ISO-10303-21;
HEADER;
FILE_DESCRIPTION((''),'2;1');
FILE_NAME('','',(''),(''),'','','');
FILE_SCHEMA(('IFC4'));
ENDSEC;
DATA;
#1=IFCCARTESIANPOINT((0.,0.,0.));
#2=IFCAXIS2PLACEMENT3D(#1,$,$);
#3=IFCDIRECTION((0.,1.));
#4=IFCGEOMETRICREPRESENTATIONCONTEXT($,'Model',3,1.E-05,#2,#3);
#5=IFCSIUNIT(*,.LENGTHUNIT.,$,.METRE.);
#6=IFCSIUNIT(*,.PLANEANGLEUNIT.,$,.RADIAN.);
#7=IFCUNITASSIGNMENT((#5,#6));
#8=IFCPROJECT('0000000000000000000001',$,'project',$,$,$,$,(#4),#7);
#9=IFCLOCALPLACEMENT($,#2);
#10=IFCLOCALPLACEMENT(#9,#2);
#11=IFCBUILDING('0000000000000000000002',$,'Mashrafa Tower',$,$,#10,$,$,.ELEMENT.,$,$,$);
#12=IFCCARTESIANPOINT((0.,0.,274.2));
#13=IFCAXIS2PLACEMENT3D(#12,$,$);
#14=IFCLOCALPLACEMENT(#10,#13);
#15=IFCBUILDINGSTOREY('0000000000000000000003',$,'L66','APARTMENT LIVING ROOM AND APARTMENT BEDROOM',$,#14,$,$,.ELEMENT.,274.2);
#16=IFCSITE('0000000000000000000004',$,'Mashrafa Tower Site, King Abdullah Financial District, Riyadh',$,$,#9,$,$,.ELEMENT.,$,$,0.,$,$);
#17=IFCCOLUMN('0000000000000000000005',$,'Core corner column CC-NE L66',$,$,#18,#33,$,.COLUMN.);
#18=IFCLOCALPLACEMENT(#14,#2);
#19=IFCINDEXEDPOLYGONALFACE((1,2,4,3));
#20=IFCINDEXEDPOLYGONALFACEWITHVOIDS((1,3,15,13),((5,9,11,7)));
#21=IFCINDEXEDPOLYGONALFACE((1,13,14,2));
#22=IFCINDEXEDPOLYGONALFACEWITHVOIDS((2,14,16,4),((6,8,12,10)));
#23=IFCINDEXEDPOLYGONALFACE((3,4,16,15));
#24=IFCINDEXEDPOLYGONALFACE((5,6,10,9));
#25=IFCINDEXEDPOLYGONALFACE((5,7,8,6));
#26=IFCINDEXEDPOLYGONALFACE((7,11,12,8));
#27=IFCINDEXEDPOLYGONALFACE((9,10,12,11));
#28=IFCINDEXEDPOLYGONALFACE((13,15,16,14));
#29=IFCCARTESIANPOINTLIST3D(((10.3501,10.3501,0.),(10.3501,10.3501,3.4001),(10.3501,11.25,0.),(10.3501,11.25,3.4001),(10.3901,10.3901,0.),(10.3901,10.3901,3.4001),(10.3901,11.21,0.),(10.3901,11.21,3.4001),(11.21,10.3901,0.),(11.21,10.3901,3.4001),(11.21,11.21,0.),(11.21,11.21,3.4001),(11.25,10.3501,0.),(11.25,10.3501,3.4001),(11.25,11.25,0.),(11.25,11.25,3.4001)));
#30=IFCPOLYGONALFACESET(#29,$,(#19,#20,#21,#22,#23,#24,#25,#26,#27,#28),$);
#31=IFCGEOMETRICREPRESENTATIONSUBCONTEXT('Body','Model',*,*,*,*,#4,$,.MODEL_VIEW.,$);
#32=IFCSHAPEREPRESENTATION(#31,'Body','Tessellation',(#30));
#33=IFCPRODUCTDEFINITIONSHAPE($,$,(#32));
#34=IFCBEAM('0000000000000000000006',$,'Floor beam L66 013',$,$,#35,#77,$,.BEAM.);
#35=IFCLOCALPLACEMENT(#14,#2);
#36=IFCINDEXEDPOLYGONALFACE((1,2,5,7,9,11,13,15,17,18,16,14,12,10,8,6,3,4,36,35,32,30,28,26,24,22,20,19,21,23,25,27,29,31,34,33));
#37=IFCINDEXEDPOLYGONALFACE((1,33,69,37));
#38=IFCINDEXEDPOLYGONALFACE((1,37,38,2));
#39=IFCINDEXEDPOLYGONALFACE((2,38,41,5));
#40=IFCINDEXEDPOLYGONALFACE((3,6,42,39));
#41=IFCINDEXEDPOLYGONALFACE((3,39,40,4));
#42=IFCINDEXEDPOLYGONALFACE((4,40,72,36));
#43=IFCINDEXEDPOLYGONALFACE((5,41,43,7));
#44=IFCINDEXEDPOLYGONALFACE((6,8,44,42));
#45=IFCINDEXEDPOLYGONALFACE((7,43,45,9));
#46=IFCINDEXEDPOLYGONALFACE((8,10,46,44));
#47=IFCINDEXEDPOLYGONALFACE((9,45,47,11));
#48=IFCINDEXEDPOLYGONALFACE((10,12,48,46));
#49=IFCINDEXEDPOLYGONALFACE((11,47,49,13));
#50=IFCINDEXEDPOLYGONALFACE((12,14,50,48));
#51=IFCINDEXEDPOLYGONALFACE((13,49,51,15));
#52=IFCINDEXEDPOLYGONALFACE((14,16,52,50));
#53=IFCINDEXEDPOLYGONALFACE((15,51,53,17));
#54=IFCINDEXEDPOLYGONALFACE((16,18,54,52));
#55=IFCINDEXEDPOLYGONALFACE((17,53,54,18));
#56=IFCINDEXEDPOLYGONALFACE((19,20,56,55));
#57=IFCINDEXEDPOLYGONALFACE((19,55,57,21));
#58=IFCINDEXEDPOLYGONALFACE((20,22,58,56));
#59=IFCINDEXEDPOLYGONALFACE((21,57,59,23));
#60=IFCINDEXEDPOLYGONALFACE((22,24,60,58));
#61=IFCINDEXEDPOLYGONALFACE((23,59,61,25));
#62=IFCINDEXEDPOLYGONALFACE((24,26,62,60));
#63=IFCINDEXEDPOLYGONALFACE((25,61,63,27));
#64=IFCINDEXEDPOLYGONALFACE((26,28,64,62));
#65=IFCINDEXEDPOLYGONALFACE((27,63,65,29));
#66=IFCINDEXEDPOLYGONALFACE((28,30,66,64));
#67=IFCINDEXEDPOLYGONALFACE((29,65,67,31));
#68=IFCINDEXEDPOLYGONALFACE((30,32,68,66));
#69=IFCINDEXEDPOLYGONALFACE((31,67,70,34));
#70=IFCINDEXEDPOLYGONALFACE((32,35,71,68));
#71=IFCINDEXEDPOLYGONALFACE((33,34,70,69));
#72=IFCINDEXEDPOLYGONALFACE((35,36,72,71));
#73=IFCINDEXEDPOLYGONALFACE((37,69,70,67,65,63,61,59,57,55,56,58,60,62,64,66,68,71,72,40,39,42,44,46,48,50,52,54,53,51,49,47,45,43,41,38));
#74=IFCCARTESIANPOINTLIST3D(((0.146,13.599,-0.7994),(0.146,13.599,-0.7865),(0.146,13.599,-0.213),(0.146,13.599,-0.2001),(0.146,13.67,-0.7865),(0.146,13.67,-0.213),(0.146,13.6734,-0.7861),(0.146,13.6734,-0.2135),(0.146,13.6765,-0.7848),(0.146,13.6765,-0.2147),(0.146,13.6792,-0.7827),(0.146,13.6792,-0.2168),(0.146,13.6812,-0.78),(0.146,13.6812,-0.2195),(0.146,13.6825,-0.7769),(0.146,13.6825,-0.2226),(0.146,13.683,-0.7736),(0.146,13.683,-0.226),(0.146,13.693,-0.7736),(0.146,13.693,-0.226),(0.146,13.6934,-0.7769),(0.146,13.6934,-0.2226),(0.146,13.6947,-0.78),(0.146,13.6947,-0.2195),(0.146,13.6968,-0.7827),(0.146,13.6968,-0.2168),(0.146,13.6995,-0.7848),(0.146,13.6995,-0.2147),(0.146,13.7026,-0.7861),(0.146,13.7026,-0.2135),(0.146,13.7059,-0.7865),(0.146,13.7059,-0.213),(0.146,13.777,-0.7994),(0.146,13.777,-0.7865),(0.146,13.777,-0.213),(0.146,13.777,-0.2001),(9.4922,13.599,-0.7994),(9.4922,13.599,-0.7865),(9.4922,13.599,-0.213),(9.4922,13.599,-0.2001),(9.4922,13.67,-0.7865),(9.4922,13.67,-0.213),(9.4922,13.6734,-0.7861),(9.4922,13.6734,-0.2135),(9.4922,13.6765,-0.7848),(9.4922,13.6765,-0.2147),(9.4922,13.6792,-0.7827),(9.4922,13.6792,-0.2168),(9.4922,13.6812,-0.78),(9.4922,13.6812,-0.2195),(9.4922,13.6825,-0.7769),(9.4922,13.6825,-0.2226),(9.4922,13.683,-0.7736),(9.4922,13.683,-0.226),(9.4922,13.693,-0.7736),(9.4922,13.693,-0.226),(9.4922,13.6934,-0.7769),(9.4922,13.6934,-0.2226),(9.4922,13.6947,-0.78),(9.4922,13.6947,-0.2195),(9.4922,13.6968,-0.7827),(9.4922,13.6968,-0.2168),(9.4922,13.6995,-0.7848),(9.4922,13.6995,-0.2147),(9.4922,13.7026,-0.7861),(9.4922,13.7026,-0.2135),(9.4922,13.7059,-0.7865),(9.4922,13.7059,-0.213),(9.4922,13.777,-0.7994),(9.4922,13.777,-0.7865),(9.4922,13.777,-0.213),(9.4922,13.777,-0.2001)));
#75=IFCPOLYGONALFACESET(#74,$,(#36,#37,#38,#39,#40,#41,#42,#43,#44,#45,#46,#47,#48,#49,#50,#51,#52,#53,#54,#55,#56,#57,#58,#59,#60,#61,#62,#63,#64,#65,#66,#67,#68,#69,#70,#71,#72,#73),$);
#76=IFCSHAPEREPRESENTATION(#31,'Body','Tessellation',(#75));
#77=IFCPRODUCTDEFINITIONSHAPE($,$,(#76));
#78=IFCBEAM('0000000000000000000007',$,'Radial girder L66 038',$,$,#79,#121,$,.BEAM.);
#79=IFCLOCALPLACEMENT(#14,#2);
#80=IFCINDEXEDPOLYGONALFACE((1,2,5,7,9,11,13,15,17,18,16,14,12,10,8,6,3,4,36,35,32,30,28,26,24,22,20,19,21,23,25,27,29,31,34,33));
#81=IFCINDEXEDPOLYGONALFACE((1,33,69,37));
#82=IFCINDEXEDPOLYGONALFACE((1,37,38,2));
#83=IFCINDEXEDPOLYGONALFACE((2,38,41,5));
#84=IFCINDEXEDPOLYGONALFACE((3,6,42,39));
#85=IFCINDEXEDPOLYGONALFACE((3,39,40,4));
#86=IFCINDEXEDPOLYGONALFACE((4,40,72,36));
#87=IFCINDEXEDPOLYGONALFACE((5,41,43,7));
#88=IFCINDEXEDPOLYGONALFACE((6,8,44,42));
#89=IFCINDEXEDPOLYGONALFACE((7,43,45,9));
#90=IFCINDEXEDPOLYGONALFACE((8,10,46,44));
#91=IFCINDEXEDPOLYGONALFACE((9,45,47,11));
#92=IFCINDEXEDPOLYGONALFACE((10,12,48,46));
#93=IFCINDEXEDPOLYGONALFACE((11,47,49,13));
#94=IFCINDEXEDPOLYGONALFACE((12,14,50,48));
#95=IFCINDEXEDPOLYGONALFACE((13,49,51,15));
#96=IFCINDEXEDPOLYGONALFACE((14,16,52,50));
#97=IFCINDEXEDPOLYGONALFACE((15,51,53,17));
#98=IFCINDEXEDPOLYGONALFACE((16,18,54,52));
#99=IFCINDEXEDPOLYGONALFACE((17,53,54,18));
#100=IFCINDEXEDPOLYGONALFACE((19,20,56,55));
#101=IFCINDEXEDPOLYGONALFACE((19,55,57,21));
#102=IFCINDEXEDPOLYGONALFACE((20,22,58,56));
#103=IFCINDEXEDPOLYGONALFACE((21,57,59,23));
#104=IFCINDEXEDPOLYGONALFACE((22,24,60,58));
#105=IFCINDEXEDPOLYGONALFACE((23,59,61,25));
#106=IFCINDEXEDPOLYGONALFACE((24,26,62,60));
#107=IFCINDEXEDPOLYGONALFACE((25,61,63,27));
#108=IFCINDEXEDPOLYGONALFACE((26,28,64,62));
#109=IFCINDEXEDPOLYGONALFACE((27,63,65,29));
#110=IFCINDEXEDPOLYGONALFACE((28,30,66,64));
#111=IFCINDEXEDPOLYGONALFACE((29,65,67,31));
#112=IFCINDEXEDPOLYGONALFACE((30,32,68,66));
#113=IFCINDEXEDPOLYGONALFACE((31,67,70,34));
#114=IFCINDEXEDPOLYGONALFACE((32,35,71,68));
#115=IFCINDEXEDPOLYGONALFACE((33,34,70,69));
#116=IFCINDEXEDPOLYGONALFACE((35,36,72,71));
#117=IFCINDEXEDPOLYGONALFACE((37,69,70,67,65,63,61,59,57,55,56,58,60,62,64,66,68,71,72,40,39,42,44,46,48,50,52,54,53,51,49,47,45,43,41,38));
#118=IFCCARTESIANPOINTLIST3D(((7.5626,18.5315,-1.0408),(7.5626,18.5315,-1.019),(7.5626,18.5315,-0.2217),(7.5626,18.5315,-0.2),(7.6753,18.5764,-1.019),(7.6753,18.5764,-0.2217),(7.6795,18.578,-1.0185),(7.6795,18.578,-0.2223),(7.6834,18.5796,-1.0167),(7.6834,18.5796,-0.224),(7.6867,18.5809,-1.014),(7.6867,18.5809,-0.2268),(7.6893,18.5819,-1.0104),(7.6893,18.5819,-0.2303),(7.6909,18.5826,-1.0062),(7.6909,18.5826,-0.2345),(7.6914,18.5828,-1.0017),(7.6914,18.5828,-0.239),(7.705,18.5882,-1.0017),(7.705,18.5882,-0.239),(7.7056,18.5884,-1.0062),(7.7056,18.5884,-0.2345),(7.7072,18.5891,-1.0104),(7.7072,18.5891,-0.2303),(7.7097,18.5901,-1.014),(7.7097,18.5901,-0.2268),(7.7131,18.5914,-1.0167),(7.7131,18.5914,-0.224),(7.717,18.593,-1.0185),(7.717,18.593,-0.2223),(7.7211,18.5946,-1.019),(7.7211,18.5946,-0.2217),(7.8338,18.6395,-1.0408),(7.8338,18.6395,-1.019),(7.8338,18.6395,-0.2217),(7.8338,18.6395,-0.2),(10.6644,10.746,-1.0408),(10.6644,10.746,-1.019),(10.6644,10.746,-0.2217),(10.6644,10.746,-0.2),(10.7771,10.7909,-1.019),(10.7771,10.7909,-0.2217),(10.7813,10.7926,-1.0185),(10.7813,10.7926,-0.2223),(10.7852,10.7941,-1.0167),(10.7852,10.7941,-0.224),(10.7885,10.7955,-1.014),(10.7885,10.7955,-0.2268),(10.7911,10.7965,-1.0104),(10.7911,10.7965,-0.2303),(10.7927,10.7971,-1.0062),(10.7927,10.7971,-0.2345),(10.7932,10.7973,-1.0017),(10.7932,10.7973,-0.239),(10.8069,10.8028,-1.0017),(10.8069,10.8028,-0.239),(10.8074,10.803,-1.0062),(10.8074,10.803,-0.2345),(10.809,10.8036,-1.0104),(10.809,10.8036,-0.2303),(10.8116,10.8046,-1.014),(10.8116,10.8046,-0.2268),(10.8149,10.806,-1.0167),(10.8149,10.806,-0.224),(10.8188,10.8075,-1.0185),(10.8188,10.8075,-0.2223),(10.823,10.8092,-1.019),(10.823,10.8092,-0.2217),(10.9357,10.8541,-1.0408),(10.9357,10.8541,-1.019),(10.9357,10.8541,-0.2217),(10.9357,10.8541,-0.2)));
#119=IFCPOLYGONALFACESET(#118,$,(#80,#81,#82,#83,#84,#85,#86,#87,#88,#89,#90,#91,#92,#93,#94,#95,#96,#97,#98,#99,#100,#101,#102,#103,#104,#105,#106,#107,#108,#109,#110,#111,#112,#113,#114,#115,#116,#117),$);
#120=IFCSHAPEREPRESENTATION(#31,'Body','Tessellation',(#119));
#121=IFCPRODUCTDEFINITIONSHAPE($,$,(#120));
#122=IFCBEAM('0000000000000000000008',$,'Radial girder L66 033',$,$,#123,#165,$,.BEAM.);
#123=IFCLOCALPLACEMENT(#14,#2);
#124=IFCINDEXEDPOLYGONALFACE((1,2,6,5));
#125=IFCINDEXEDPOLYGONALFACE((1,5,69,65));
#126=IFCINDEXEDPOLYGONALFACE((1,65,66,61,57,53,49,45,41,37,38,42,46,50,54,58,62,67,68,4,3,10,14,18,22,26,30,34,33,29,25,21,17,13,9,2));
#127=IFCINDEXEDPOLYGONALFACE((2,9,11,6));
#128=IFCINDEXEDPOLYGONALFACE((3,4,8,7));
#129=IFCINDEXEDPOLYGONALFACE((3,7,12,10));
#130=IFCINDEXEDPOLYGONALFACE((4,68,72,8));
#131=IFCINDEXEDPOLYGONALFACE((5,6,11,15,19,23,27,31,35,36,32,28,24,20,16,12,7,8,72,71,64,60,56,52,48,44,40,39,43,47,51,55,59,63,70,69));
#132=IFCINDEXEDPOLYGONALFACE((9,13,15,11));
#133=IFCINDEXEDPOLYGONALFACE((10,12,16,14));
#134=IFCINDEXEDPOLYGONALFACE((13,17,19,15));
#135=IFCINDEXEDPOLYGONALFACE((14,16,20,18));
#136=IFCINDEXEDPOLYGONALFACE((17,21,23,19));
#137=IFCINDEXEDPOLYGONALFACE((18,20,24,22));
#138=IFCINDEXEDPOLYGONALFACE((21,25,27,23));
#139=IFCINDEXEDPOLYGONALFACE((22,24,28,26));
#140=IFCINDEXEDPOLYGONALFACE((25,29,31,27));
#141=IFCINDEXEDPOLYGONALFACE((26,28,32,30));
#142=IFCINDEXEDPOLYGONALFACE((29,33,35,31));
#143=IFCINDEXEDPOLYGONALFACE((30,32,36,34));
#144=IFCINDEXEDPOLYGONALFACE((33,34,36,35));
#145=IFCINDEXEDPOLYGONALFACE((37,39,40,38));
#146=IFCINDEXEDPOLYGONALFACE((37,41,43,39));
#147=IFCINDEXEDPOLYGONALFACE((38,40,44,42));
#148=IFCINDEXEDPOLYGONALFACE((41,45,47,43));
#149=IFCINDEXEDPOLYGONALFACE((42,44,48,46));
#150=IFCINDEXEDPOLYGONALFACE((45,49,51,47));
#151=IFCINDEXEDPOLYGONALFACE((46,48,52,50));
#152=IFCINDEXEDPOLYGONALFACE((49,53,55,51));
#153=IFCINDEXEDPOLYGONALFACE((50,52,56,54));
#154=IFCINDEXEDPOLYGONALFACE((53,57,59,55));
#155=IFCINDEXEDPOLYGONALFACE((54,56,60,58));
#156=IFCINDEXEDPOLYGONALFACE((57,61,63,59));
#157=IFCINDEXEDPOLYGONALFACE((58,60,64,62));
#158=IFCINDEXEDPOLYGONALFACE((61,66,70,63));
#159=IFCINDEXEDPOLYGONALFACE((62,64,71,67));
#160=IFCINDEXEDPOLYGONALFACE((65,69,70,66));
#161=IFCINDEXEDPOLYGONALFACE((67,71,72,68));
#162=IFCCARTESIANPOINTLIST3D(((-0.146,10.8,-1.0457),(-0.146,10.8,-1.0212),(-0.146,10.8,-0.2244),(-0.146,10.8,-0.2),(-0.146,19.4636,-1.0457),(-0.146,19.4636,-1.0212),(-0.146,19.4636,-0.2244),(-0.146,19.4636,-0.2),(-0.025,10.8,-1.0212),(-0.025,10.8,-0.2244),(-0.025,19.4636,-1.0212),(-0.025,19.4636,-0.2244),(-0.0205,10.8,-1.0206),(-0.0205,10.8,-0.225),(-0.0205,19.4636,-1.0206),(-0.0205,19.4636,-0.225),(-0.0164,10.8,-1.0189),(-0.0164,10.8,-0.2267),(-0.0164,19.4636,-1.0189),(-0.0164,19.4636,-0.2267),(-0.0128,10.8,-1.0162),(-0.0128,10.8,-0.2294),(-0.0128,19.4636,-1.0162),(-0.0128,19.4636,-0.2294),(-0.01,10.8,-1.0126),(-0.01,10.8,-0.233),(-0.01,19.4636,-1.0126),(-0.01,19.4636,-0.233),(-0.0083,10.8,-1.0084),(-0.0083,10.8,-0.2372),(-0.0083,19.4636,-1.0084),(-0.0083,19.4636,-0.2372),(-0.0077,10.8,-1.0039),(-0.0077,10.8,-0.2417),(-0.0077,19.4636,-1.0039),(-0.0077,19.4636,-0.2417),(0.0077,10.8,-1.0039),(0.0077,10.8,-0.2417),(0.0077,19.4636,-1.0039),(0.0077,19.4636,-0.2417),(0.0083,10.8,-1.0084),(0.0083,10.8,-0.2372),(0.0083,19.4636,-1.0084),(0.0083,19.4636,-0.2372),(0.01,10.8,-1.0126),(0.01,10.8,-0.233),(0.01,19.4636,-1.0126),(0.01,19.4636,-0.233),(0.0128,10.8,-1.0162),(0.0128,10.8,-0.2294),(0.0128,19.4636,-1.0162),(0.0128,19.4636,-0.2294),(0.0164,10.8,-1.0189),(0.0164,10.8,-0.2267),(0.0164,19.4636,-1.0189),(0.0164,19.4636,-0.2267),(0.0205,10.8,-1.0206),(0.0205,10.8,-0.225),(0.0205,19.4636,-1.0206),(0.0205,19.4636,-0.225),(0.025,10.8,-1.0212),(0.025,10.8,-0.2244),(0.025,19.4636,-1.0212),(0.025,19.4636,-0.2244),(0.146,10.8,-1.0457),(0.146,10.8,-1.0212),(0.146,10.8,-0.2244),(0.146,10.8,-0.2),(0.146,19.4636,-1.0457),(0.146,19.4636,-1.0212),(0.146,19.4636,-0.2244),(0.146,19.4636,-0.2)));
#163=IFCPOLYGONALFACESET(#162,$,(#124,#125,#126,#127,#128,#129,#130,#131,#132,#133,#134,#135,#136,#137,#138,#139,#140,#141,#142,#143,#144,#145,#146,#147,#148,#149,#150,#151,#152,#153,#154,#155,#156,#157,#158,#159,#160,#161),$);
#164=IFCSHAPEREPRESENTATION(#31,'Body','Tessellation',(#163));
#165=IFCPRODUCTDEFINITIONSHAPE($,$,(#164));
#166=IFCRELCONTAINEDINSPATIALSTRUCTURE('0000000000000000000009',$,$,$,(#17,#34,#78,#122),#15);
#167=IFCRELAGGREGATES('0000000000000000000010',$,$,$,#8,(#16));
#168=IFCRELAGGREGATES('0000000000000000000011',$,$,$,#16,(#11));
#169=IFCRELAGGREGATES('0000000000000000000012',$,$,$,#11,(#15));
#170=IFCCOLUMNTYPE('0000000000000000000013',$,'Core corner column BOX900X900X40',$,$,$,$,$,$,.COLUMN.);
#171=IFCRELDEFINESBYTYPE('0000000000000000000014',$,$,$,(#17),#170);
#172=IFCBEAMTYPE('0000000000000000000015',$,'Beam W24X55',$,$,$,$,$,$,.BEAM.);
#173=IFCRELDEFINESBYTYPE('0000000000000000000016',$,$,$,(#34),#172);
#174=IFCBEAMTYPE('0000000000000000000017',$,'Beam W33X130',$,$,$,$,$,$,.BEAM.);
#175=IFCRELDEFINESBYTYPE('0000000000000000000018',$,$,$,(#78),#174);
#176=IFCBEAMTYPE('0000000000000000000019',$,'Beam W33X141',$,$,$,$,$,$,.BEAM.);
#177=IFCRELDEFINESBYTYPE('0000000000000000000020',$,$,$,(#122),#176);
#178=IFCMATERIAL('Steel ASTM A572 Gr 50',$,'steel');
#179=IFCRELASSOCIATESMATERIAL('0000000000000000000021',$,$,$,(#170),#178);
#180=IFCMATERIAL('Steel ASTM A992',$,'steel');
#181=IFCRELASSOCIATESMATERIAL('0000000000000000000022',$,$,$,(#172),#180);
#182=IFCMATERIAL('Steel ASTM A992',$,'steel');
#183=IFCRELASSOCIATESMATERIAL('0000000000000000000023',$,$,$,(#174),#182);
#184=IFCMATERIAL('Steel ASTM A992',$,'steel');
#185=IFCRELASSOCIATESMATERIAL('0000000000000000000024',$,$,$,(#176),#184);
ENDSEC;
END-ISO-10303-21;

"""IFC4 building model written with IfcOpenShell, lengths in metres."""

from ifc_helpers import new_model, si_unit, direction, frame, origin, origin_2d, place, context, subcontext, project, spatial, hollow_rectangle, i_section, extrude, material, material_profile, profile_set, type_object, element, save


model = new_model("IFC4")

# Units and contexts
model_context = context("Model", 3, precision=1e-05, world=origin(), true_north=direction((0.0, 1.0)))
body_context = subcontext(model_context, "Body", "Model", "MODEL_VIEW")
ifc_project = project(units=[si_unit("LENGTHUNIT", "METRE"), si_unit("PLANEANGLEUNIT", "RADIAN")], contexts=[model_context])

# Site, building, storey
site_placement = place(None, origin())
site = spatial("IfcSite", under=ifc_project, at=site_placement, Name="Mashrafa Tower Site, King Abdullah Financial District, Riyadh", CompositionType="ELEMENT", RefElevation=0.0)
building_placement = place(site_placement, origin())
building = spatial("IfcBuilding", under=site, at=building_placement, Name="Mashrafa Tower", CompositionType="ELEMENT")
storey_placement = place(building_placement, frame((0.0, 0.0, 274.2)))
storey = spatial("IfcBuildingStorey", under=building, at=storey_placement, Name="L66", Description="APARTMENT LIVING ROOM AND APARTMENT BEDROOM", CompositionType="ELEMENT", Elevation=274.2)

# Column
ifc_material_1 = material(Name="Steel ASTM A572 Gr 50", Category="steel")
ifc_material_profile_1 = material_profile(ifc_material_1, hollow_rectangle(XDim=0.8999, YDim=0.8999, WallThickness=0.04, at=origin_2d()), Name="BOX900X900X40")
ifc_profile_set_1 = profile_set([ifc_material_profile_1], Name="Steel ASTM A572 Gr 50")
column_type = type_object("IfcColumnType", Name="Core corner column BOX900X900X40", PredefinedType="COLUMN", material=ifc_profile_set_1)
column_placement = place(storey_placement, frame((10.8, 10.8, 0.0), z_axis=(0.0, 0.0, 1.0), x_axis=(1.0, 0.0, 0.0)))
element("IfcColumn", 1, at=column_placement, inside=storey, type_object=column_type, Name="Core corner column CC-NE L66", PredefinedType="COLUMN", context=body_context, shape_type="SweptSolid", body=[
    extrude(hollow_rectangle(XDim=0.8999, YDim=0.8999, WallThickness=0.04, at=origin_2d()), origin(), (0.0, 0.0, 1.0), 3.4001),
])

# Beams
ifc_material_2 = material(Name="Steel ASTM A992", Category="steel")
ifc_material_profile_2 = material_profile(ifc_material_2, i_section(OverallWidth=0.178, OverallDepth=0.5994, WebThickness=0.01, FlangeThickness=0.0129, FilletRadius=0.0129, at=origin_2d()), Name="W24X55")
ifc_profile_set_2 = profile_set([ifc_material_profile_2], Name="Steel ASTM A992")
beam_type_1 = type_object("IfcBeamType", Name="Beam W24X55", PredefinedType="BEAM", material=ifc_profile_set_2)
beam_1_placement = place(storey_placement, frame((0.146, 13.688, -0.4998), z_axis=(1.0, 0.0, 0.0), x_axis=(0.0, 1.0, 0.0)))
element("IfcBeam", 2, at=beam_1_placement, inside=storey, type_object=beam_type_1, Name="Floor beam L66 013", PredefinedType="BEAM", context=body_context, shape_type="SweptSolid", body=[
    extrude(i_section(OverallWidth=0.178, OverallDepth=0.5994, WebThickness=0.01, FlangeThickness=0.0129, FilletRadius=0.0129, at=origin_2d()), origin(), (0.0, 0.0, 1.0), 9.3462),
])
ifc_material_3 = material(Name="Steel ASTM A992", Category="steel")
ifc_material_profile_3 = material_profile(ifc_material_3, i_section(OverallWidth=0.292, OverallDepth=0.8408, WebThickness=0.0146, FlangeThickness=0.0217, FilletRadius=0.0173, at=origin_2d()), Name="W33X130")
ifc_profile_set_3 = profile_set([ifc_material_profile_3], Name="Steel ASTM A992")
beam_type_2 = type_object("IfcBeamType", Name="Beam W33X130", PredefinedType="BEAM", material=ifc_profile_set_3)
beam_2_placement = place(storey_placement, frame((10.8, 10.8, -0.6204), z_axis=(-0.37012, 0.928984, 0.0), x_axis=(-0.928984, -0.37012, 0.0)))
element("IfcBeam", 3, at=beam_2_placement, inside=storey, type_object=beam_type_2, Name="Radial girder L66 038", PredefinedType="BEAM", context=body_context, shape_type="SweptSolid", body=[
    extrude(i_section(OverallWidth=0.292, OverallDepth=0.8408, WebThickness=0.0146, FlangeThickness=0.0217, FilletRadius=0.0173, at=origin_2d()), origin(), (0.0, 0.0, 1.0), 8.3806),
])
ifc_material_4 = material(Name="Steel ASTM A992", Category="steel")
ifc_material_profile_4 = material_profile(ifc_material_4, i_section(OverallWidth=0.292, OverallDepth=0.8457, WebThickness=0.0154, FlangeThickness=0.0244, FilletRadius=0.0173, at=origin_2d()), Name="W33X141")
ifc_profile_set_4 = profile_set([ifc_material_profile_4], Name="Steel ASTM A992")
beam_type_3 = type_object("IfcBeamType", Name="Beam W33X141", PredefinedType="BEAM", material=ifc_profile_set_4)
for number, where, z_axis, x_axis, name in (
    (4, (0.0, 10.8, -0.6228), (0.0, 1.0, 0.0), (-1.0, 0.0, 0.0), "Radial girder L66 033"),
):
    element("IfcBeam", number, at=place(storey_placement, frame(where, z_axis=z_axis, x_axis=x_axis)), inside=storey, type_object=beam_type_3, Name=name, PredefinedType="BEAM", context=body_context, shape_type="SweptSolid", body=[
        extrude(i_section(OverallWidth=0.292, OverallDepth=0.8457, WebThickness=0.0154, FlangeThickness=0.0244, FilletRadius=0.0173, at=origin_2d()), origin(), (0.0, 0.0, 1.0), 8.6636),
    ])

save(model, "model.ifc")
